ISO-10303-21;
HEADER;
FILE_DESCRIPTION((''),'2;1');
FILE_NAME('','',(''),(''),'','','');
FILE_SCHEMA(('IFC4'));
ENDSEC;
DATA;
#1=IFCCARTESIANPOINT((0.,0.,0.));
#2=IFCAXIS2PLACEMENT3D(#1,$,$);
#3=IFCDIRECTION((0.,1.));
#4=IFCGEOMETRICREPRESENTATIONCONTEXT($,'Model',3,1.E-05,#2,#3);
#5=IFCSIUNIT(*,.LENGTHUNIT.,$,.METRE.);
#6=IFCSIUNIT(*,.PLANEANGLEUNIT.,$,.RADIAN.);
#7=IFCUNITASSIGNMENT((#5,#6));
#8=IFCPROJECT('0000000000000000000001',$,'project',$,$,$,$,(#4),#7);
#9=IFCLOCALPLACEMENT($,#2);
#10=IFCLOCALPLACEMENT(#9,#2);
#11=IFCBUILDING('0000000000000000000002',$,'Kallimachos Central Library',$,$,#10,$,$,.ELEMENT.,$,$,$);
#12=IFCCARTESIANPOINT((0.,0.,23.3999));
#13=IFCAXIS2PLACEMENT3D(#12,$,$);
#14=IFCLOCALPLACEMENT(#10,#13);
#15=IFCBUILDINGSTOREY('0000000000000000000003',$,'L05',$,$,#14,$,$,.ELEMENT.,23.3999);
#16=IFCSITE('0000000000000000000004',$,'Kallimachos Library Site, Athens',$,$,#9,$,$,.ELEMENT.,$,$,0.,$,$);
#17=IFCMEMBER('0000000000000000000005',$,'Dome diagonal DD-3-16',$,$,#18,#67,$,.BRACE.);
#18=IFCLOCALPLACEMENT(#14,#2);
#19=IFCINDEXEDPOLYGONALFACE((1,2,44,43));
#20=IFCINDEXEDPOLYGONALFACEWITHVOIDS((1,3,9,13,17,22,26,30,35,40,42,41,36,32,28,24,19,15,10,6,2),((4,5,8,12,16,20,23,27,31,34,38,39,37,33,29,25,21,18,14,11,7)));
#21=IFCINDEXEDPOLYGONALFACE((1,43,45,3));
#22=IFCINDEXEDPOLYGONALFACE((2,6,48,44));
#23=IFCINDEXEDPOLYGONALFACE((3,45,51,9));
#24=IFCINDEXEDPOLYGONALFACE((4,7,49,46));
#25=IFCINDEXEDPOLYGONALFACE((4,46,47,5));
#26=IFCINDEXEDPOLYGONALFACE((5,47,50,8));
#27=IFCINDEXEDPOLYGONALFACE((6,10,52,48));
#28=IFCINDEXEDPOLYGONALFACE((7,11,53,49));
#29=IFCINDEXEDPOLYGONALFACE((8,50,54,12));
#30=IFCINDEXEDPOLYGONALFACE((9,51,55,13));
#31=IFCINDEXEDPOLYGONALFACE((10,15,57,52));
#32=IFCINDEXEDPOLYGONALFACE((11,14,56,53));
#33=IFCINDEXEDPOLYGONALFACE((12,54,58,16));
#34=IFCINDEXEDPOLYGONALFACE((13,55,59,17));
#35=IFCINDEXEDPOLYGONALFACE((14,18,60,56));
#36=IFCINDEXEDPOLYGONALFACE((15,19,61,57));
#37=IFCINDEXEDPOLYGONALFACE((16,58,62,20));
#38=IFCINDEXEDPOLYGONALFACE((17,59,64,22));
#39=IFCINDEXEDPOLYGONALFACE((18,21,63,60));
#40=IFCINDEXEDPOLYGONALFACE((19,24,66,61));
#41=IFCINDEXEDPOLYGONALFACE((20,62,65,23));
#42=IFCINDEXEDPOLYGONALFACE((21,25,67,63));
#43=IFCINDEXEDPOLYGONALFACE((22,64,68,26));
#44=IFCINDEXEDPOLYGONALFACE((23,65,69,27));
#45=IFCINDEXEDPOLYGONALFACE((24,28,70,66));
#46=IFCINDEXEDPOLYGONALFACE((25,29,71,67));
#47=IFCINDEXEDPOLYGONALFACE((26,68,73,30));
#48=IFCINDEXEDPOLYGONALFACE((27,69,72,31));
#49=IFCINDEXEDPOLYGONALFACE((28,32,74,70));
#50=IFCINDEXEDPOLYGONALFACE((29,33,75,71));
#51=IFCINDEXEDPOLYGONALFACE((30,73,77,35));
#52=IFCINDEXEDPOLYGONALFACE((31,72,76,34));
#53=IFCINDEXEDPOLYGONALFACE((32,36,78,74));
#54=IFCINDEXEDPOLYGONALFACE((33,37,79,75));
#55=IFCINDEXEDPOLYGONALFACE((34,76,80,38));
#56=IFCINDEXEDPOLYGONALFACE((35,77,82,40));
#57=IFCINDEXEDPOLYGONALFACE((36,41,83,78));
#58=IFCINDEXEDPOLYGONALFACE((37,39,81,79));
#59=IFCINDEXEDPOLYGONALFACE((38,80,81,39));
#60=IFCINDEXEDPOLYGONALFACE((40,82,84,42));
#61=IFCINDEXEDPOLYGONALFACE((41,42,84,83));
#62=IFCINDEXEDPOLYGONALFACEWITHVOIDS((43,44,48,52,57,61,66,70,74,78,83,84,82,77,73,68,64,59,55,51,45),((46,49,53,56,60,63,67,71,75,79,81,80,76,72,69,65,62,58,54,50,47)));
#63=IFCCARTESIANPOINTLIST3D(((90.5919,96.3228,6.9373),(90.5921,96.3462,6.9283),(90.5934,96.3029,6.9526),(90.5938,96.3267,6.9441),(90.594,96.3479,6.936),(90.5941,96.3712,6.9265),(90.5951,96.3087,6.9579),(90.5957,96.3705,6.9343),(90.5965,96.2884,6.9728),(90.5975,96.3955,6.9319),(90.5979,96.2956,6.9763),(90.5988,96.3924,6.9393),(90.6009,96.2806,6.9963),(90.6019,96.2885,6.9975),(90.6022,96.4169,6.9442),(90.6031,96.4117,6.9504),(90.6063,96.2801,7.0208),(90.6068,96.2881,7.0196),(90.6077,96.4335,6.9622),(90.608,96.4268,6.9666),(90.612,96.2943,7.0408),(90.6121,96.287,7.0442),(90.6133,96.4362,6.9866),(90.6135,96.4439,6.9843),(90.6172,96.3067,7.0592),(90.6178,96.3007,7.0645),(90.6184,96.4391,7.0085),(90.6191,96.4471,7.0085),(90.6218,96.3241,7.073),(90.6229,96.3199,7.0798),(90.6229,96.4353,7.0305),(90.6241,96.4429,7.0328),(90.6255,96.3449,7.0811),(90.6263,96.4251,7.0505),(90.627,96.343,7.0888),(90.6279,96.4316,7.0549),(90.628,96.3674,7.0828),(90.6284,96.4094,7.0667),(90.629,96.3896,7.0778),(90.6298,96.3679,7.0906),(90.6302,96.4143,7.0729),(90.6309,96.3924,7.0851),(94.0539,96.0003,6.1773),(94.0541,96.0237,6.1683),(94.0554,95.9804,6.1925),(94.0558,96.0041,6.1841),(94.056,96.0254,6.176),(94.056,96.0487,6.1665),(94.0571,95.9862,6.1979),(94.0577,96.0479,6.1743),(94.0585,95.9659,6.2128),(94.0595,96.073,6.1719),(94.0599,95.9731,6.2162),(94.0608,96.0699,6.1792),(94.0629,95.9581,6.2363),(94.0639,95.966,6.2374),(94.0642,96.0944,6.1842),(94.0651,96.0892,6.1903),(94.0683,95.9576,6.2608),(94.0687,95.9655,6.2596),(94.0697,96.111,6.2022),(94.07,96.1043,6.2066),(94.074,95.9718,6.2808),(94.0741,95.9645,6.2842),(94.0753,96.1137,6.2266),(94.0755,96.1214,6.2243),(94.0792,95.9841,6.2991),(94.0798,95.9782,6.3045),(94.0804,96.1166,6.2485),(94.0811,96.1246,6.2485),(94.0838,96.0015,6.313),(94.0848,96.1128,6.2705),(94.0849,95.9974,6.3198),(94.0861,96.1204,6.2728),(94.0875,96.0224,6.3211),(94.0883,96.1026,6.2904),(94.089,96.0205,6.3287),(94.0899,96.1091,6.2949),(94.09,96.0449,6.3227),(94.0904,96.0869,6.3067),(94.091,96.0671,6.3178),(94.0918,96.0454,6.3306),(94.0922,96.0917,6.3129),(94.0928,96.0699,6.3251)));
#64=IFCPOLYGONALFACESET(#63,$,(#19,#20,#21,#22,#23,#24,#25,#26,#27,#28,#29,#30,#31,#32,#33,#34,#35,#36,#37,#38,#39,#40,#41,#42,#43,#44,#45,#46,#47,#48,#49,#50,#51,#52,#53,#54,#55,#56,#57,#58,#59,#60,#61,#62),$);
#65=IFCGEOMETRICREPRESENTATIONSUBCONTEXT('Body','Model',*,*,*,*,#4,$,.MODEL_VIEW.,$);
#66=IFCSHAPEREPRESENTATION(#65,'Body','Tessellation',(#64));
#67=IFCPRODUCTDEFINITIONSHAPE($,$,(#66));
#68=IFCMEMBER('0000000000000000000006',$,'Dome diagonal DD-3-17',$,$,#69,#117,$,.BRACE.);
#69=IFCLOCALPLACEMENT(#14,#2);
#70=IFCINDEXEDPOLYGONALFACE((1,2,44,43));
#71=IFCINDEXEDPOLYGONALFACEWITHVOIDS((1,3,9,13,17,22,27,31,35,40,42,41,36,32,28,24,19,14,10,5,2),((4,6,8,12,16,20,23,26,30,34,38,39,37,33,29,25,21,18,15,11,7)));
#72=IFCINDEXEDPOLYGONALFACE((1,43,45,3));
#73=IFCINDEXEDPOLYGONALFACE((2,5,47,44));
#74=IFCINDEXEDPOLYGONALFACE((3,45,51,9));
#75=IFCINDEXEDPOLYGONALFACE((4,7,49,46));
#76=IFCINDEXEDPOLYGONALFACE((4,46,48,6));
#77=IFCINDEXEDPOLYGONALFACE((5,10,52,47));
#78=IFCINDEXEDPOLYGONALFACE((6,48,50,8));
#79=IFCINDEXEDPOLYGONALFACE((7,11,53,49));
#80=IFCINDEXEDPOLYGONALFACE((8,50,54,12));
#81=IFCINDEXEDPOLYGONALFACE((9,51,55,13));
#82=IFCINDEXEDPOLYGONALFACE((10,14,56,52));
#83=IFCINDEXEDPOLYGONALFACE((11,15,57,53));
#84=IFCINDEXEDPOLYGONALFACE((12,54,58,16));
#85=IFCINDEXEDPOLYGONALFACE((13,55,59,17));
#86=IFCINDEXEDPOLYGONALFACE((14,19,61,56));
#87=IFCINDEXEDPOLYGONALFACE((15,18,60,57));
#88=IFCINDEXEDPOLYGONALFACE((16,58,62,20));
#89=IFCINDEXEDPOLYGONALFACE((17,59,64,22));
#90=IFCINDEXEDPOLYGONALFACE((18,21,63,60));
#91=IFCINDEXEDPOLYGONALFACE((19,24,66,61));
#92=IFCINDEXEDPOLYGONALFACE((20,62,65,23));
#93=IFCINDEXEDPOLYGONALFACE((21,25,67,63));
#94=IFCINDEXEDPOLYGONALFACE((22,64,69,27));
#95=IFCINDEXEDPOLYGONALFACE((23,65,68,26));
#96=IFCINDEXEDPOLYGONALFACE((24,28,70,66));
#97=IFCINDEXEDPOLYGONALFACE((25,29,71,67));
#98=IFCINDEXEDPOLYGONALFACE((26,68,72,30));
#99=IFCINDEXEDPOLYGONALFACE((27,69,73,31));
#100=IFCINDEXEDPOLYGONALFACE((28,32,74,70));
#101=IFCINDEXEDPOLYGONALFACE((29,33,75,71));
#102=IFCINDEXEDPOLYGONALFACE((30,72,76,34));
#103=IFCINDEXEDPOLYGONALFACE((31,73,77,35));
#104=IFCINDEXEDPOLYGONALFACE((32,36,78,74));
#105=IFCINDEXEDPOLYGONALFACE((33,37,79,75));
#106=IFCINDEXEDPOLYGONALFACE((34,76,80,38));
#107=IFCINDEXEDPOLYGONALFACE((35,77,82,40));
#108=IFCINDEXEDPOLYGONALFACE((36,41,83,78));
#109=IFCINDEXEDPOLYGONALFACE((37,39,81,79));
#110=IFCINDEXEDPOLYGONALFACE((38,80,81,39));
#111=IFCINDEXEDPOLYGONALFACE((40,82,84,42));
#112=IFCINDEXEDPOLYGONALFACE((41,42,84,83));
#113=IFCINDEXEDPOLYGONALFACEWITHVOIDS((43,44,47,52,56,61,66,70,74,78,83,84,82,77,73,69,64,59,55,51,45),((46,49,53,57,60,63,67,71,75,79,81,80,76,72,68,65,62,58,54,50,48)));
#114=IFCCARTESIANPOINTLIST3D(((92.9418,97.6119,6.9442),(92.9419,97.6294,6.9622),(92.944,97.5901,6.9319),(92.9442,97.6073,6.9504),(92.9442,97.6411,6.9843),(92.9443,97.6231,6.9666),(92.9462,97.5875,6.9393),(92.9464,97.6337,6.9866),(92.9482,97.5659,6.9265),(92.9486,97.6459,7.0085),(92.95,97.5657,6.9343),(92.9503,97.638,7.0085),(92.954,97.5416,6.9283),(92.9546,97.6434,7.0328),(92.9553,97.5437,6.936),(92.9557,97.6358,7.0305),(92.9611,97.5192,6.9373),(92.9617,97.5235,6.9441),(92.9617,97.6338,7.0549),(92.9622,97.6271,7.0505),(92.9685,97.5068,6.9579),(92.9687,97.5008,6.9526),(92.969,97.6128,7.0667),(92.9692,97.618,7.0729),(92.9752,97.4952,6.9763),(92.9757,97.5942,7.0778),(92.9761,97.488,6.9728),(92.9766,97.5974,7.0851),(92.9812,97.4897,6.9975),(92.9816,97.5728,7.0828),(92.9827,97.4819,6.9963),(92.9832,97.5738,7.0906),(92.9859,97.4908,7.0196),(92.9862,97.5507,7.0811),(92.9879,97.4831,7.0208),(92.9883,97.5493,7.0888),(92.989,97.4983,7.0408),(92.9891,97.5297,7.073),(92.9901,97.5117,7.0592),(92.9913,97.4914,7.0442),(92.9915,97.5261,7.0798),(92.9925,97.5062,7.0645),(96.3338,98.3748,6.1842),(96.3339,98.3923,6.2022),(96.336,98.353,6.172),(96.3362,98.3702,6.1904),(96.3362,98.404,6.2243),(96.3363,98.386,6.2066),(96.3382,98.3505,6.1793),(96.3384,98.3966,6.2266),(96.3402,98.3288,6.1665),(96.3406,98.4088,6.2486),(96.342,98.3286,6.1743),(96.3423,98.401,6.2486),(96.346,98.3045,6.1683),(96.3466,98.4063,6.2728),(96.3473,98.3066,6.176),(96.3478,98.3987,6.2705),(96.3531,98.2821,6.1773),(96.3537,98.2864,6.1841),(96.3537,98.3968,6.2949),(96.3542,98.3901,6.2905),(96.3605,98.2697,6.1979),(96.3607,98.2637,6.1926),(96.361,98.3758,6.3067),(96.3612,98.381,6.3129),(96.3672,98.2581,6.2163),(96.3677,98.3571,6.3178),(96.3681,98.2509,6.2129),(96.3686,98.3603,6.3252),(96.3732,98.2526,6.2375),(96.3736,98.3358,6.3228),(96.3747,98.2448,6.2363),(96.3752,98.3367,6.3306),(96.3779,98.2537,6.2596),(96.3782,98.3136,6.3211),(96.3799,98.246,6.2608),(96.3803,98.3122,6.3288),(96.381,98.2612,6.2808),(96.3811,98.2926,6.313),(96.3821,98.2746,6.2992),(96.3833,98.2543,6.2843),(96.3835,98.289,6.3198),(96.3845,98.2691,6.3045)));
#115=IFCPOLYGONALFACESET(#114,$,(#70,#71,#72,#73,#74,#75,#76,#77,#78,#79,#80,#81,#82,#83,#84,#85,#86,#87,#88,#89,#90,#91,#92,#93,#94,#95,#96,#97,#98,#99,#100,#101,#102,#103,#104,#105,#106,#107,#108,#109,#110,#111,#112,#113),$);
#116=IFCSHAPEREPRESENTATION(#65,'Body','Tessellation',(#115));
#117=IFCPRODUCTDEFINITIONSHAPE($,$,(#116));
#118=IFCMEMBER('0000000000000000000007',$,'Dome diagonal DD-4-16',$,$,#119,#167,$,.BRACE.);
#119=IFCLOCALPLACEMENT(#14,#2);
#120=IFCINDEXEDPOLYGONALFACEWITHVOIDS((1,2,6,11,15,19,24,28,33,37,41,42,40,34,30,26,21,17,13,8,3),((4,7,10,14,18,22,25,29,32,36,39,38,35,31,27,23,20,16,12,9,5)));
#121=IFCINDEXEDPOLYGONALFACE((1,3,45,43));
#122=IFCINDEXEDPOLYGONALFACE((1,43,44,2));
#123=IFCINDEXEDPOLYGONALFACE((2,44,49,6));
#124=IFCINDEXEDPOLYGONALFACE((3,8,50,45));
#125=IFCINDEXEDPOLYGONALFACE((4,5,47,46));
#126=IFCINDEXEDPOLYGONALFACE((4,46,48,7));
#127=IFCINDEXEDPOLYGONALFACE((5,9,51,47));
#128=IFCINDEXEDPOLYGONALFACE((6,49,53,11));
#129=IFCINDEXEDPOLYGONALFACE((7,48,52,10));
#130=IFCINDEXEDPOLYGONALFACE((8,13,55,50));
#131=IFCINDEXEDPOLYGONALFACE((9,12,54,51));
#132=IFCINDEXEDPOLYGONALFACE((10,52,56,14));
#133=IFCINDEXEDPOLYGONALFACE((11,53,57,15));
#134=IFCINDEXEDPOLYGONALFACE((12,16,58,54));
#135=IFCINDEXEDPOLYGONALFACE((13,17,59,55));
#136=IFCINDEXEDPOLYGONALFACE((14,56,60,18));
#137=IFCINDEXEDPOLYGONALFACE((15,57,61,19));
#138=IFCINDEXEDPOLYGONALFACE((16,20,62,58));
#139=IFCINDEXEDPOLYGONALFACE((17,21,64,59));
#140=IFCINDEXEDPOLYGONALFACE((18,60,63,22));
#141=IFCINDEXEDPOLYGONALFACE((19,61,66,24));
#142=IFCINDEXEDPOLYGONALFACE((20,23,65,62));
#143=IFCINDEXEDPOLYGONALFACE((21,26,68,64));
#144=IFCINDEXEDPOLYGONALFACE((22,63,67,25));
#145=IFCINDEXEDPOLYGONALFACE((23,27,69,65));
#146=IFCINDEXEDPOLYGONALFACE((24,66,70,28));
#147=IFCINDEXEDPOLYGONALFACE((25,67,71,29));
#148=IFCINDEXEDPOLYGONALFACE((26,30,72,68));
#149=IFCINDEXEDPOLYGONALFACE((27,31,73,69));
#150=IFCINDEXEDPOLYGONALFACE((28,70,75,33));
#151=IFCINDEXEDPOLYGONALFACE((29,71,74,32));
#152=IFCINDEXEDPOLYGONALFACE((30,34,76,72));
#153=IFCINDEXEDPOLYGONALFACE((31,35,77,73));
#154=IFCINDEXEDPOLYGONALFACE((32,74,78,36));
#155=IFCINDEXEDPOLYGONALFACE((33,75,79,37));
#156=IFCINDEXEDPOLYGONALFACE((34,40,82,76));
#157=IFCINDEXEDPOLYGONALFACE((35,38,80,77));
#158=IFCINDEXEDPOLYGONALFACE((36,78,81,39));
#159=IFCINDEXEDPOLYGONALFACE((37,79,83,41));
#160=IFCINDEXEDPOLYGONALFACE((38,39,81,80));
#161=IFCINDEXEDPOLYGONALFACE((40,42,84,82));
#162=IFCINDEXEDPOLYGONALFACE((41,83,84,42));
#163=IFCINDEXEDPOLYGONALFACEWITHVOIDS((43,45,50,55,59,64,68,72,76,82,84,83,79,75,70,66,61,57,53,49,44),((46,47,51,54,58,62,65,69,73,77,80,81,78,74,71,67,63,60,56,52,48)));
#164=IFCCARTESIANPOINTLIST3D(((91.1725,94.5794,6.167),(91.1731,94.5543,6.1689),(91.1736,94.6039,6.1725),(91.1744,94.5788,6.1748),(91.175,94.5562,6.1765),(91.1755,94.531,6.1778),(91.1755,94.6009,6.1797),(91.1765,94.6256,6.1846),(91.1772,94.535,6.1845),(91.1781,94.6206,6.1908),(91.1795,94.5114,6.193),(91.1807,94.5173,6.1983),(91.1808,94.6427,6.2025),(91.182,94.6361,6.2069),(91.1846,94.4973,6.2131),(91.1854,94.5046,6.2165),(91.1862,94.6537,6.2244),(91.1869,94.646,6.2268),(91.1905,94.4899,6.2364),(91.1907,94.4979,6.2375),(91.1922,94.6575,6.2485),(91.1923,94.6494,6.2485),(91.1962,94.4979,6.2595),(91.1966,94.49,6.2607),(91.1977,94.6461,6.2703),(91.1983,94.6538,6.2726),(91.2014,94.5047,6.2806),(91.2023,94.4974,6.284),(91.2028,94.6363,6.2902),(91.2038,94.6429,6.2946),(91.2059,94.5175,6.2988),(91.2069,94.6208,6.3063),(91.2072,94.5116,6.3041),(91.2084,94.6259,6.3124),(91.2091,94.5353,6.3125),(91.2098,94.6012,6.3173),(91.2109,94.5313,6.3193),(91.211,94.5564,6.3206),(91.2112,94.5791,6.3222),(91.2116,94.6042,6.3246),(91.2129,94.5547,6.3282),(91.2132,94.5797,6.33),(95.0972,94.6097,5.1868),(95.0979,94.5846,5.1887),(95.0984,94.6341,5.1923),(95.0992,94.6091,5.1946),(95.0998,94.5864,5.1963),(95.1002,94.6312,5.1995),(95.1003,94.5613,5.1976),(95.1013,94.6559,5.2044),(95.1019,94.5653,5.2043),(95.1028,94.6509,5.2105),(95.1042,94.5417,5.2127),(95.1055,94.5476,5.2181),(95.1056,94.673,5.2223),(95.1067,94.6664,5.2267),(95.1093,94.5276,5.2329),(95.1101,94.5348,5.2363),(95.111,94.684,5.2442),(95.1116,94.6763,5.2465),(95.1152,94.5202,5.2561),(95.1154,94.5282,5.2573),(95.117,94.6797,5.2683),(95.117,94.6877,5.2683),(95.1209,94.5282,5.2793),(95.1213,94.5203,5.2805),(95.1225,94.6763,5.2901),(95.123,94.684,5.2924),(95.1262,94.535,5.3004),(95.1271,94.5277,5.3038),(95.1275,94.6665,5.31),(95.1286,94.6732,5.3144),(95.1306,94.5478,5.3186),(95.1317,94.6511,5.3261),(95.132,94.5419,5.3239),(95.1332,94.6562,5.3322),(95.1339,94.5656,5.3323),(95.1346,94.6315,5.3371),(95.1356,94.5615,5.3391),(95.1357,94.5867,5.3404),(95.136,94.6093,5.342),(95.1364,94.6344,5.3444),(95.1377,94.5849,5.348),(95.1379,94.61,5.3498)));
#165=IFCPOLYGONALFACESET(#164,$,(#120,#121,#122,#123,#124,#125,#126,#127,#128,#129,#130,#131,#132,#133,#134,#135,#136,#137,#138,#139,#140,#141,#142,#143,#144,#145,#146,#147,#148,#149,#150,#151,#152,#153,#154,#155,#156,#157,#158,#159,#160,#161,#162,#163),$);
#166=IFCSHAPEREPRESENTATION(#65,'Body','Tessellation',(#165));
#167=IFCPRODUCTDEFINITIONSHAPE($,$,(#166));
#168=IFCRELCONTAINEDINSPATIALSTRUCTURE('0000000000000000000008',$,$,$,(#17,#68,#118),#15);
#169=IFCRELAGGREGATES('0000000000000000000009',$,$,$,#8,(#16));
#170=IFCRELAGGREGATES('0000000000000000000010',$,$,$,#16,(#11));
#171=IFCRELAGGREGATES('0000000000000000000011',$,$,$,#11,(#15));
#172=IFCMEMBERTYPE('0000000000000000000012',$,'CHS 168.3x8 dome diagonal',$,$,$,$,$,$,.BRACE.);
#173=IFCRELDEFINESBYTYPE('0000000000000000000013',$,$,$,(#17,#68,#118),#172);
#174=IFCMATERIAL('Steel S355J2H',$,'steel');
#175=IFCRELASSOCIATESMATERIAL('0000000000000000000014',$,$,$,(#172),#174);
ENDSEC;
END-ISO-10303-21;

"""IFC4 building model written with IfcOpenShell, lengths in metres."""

from ifc_helpers import new_model, si_unit, direction, frame, origin, origin_2d, place, context, subcontext, project, spatial, hollow_circle, extrude, material, material_profile, profile_set, type_object, element, save


model = new_model("IFC4")

# Units and contexts
model_context = context("Model", 3, precision=1e-05, world=origin(), true_north=direction((0.0, 1.0)))
body_context = subcontext(model_context, "Body", "Model", "MODEL_VIEW")
ifc_project = project(units=[si_unit("LENGTHUNIT", "METRE"), si_unit("PLANEANGLEUNIT", "RADIAN")], contexts=[model_context])

# Site, building, storey
site_placement = place(None, origin())
site = spatial("IfcSite", under=ifc_project, at=site_placement, Name="Kallimachos Library Site, Athens", CompositionType="ELEMENT", RefElevation=0.0)
building_placement = place(site_placement, origin())
building = spatial("IfcBuilding", under=site, at=building_placement, Name="Kallimachos Central Library", CompositionType="ELEMENT")
storey_placement = place(building_placement, frame((0.0, 0.0, 23.3999)))
storey = spatial("IfcBuildingStorey", under=building, at=storey_placement, Name="L05", CompositionType="ELEMENT", Elevation=23.3999)

# Members
ifc_material_1 = material(Name="Steel S355J2H", Category="steel")
ifc_material_profile_1 = material_profile(ifc_material_1, hollow_circle(Radius=0.0842, WallThickness=0.0081, at=origin_2d()), Name="CHS 168.3x8")
ifc_profile_set_1 = profile_set([ifc_material_profile_1], Name="Steel S355J2H")
member_type_1 = type_object("IfcMemberType", Name="CHS 168.3x8 dome diagonal", PredefinedType="BRACE", material=ifc_profile_set_1)
member_1_placement = place(storey_placement, frame((90.6113, 96.3633, 7.0085), z_axis=(0.972721, -0.090618, -0.213546), x_axis=(0.092758, 0.995689, 0.0)))
element("IfcMember", 1, at=member_1_placement, inside=storey, type_object=member_type_1, Name="Dome diagonal DD-3-16", PredefinedType="BRACE", context=body_context, shape_type="SweptSolid", body=[
    extrude(hollow_circle(Radius=0.0842, WallThickness=0.0081, at=origin_2d()), origin(), (0.0, 0.0, 1.0), 3.5591),
])
member_2_placement = place(storey_placement, frame((92.967, 97.5637, 7.0085), z_axis=(0.953121, 0.214373, -0.21355), x_axis=(-0.219435, 0.975627, 0.0)))
element("IfcMember", 2, at=member_2_placement, inside=storey, type_object=member_type_1, Name="Dome diagonal DD-3-17", PredefinedType="BRACE", context=body_context, shape_type="SweptSolid", body=[
    extrude(hollow_circle(Radius=0.0842, WallThickness=0.0081, at=origin_2d()), origin(), (0.0, 0.0, 1.0), 3.5588),
])
member_3_placement = place(storey_placement, frame((91.1929, 94.5732, 6.2485), z_axis=(0.970172, 0.007483, -0.242302), x_axis=(-0.007713, 0.99997, 0.0)))
element("IfcMember", 3, at=member_3_placement, inside=storey, type_object=member_type_1, Name="Dome diagonal DD-4-16", PredefinedType="BRACE", context=body_context, shape_type="SweptSolid", body=[
    extrude(hollow_circle(Radius=0.0842, WallThickness=0.0081, at=origin_2d()), origin(), (0.0, 0.0, 1.0), 4.0454),
])

save(model, "model.ifc")
